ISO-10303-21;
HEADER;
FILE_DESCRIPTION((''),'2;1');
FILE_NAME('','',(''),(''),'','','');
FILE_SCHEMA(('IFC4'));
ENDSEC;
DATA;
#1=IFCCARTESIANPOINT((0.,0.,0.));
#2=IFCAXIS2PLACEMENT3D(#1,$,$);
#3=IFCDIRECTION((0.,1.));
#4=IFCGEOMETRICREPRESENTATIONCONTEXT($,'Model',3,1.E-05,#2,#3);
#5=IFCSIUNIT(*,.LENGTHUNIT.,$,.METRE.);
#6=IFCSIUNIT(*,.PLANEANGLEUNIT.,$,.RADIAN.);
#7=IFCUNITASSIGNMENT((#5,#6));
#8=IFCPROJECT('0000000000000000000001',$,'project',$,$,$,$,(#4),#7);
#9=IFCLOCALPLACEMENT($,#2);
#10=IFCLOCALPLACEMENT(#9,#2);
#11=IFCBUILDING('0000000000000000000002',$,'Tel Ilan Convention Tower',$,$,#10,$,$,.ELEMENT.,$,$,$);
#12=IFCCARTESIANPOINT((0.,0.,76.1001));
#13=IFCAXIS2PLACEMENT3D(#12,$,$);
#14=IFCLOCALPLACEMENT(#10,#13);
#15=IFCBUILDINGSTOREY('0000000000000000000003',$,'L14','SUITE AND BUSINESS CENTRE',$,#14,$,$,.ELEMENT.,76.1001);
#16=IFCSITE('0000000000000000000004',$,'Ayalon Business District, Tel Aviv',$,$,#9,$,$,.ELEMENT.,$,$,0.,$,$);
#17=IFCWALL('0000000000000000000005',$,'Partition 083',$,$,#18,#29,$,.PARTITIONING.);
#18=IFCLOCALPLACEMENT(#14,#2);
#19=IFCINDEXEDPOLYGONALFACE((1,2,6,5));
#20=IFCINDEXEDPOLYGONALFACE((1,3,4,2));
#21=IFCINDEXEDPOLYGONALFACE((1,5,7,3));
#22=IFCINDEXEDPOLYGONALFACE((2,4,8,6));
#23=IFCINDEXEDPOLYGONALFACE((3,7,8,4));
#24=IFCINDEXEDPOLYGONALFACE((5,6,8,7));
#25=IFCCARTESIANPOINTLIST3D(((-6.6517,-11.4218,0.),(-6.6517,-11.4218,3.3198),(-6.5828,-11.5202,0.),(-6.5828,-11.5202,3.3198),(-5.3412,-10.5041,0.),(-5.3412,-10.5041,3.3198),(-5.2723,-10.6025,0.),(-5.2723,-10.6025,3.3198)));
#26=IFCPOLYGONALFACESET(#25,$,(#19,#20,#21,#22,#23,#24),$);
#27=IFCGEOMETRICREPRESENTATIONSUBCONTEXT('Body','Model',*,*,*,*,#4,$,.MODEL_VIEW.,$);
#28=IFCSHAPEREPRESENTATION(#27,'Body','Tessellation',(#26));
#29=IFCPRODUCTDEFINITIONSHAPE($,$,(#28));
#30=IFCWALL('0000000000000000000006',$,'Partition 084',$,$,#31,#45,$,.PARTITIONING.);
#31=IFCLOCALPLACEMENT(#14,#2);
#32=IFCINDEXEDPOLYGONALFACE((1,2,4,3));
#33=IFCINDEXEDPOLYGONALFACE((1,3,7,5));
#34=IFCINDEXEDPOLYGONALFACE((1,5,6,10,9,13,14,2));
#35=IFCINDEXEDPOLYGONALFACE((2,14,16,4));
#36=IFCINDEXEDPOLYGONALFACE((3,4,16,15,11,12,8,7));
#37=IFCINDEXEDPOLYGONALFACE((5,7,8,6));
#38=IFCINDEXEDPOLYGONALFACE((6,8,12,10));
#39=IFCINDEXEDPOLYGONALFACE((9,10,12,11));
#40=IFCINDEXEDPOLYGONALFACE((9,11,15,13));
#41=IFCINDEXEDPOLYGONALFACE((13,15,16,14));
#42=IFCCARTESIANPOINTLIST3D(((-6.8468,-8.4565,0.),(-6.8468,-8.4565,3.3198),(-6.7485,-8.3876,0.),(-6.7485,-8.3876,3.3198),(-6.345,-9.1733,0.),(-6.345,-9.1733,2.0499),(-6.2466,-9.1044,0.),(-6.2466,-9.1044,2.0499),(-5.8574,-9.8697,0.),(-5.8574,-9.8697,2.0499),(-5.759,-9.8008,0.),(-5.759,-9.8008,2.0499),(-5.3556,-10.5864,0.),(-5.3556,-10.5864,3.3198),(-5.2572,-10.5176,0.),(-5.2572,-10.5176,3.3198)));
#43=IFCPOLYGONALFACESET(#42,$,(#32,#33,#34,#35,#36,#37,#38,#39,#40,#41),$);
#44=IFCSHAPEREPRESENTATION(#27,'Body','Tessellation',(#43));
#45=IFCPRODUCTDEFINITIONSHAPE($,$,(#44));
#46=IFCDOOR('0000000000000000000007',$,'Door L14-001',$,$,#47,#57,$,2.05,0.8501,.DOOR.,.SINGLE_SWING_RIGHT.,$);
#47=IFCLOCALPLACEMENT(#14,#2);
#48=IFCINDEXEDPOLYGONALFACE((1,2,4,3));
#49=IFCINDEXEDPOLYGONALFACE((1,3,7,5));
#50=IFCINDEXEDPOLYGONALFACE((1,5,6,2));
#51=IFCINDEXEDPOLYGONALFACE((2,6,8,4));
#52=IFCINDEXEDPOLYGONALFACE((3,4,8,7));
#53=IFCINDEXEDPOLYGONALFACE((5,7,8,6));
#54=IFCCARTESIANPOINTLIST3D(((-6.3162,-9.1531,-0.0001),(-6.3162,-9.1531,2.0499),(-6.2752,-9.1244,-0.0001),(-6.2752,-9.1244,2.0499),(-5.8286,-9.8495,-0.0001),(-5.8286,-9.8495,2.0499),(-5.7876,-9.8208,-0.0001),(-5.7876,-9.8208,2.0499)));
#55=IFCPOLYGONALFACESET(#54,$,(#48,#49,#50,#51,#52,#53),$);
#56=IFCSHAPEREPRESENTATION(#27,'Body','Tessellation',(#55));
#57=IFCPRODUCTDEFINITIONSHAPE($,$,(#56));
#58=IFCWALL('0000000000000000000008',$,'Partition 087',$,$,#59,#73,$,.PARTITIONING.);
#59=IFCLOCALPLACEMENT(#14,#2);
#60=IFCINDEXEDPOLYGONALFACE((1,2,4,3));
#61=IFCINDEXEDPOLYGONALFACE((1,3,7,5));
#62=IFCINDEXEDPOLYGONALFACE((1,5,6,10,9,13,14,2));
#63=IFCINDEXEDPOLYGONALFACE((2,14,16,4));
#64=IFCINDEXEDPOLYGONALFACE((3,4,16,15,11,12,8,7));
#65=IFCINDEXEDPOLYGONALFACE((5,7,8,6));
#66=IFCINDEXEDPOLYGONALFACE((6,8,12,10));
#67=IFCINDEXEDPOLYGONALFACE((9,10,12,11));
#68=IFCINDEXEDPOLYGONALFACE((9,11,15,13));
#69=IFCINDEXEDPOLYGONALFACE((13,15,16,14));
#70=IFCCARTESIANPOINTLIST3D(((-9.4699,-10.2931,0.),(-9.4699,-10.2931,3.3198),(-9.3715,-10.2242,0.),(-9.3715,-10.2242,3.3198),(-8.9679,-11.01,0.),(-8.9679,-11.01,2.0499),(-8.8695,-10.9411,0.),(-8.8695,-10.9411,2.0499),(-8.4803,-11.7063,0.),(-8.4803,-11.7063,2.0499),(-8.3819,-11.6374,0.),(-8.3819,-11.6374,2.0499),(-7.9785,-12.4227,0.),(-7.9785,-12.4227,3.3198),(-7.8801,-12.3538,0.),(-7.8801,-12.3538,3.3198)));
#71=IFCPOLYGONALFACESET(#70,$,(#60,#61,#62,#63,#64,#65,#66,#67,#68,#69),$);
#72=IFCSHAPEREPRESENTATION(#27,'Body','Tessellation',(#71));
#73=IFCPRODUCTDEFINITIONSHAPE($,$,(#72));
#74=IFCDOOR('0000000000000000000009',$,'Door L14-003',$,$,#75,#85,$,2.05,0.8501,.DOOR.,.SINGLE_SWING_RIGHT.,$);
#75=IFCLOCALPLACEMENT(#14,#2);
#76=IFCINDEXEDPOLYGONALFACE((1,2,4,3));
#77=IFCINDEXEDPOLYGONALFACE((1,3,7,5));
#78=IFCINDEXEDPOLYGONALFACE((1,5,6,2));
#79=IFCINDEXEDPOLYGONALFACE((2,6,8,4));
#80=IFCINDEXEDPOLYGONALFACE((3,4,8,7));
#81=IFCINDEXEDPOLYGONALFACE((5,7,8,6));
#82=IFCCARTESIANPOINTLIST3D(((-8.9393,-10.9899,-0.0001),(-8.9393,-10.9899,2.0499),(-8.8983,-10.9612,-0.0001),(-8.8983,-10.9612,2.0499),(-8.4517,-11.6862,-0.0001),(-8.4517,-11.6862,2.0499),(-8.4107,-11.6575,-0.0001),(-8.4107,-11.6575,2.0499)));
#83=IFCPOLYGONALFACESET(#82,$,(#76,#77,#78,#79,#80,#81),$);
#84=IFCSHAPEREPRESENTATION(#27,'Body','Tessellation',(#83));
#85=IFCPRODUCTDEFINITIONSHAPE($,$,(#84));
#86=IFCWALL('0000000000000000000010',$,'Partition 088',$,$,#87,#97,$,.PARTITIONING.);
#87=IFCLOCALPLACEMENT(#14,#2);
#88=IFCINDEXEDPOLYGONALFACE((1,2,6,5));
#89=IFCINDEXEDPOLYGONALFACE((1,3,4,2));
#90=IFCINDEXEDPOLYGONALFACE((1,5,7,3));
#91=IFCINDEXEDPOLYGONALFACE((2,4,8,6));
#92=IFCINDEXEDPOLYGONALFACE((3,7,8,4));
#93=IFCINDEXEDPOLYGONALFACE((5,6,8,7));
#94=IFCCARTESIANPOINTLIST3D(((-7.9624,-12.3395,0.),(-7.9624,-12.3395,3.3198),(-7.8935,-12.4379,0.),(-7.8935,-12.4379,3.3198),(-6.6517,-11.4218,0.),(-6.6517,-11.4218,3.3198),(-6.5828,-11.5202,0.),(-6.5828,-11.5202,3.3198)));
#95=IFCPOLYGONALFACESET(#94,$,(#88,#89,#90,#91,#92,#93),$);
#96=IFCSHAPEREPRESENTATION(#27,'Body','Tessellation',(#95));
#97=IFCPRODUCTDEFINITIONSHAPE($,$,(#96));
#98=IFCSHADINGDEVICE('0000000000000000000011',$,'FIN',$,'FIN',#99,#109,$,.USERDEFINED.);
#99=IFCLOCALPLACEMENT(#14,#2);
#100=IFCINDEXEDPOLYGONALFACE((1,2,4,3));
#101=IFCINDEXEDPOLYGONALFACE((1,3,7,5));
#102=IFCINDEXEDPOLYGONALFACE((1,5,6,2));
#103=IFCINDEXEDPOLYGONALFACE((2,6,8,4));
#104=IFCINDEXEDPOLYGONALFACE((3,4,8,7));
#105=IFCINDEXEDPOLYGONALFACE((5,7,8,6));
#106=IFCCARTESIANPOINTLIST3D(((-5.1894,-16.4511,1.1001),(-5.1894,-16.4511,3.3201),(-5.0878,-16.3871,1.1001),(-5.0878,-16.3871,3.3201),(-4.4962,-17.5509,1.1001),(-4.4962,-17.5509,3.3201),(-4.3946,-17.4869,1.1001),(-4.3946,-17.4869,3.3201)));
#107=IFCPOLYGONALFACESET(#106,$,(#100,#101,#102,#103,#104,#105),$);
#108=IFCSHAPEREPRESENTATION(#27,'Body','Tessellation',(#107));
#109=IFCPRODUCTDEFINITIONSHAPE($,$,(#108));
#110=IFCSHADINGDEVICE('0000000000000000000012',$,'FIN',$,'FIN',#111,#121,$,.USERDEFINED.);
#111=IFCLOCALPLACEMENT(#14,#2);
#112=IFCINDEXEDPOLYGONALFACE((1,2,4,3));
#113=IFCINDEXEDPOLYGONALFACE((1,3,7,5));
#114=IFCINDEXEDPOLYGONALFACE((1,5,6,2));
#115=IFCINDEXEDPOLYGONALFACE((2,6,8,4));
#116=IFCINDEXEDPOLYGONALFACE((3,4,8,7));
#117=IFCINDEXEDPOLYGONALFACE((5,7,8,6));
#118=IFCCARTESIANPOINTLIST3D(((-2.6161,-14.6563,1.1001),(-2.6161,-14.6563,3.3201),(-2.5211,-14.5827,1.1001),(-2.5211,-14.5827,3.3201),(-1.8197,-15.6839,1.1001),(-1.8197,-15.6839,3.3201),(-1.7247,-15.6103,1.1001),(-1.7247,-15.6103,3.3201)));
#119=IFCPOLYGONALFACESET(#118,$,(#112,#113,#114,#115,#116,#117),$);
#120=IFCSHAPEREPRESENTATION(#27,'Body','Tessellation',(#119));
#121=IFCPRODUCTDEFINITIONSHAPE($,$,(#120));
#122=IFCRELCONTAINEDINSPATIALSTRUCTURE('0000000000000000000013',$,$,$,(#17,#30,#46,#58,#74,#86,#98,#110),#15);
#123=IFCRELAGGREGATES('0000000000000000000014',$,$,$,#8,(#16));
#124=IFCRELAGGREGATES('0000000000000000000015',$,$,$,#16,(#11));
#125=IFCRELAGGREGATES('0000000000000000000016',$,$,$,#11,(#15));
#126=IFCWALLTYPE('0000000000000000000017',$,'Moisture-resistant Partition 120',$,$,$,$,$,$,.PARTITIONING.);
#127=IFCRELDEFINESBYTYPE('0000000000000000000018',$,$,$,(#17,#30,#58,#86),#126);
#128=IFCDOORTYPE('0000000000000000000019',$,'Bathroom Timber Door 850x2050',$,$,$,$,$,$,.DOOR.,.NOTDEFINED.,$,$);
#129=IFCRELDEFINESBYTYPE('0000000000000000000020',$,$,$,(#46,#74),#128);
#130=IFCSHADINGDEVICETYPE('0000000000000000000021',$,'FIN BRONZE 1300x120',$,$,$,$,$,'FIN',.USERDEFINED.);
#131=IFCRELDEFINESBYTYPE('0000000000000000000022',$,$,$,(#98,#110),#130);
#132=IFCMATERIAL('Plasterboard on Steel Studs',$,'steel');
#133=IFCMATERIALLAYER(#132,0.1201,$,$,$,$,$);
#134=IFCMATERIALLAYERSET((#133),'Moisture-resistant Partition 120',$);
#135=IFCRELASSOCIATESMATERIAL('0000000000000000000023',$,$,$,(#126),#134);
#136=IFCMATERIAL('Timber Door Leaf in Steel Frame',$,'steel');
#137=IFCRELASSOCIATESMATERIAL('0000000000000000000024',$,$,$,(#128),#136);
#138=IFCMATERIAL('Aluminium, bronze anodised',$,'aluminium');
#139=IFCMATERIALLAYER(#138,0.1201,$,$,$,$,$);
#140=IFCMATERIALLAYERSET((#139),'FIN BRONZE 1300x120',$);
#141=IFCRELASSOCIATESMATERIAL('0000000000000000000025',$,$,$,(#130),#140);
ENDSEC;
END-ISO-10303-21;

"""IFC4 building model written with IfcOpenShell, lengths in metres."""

from ifc_helpers import new_model, si_unit, direction, frame, frame_2d, origin, origin_2d, place, context, subcontext, project, spatial, rectangle, extrude, material, layer, layer_set, type_object, element, fill, save


model = new_model("IFC4")

# Units and contexts
model_context = context("Model", 3, precision=1e-05, world=origin(), true_north=direction((0.0, 1.0)))
body_context = subcontext(model_context, "Body", "Model", "MODEL_VIEW")
ifc_project = project(units=[si_unit("LENGTHUNIT", "METRE"), si_unit("PLANEANGLEUNIT", "RADIAN")], contexts=[model_context])

# Site, building, storey
site_placement = place(None, origin())
site = spatial("IfcSite", under=ifc_project, at=site_placement, Name="Ayalon Business District, Tel Aviv", CompositionType="ELEMENT", RefElevation=0.0)
building_placement = place(site_placement, origin())
building = spatial("IfcBuilding", under=site, at=building_placement, Name="Tel Ilan Convention Tower", CompositionType="ELEMENT")
storey_placement = place(building_placement, frame((0.0, 0.0, 76.1001)))
storey = spatial("IfcBuildingStorey", under=building, at=storey_placement, Name="L14", Description="SUITE AND BUSINESS CENTRE", CompositionType="ELEMENT", Elevation=76.1001)

# Wall
ifc_material_1 = material(Name="Plasterboard on Steel Studs", Category="steel")
ifc_layer_1 = layer(ifc_material_1, 0.1201)
ifc_layer_set_1 = layer_set([ifc_layer_1], Name="Moisture-resistant Partition 120")
wall_type_1 = type_object("IfcWallType", Name="Moisture-resistant Partition 120", PredefinedType="PARTITIONING", material=ifc_layer_set_1)
wall_1_placement = place(storey_placement, frame((-6.6172, -11.4709, 0.0), z_axis=(0.0, 0.0, 1.0), x_axis=(0.819132, 0.573606, 0.0)))
element("IfcWall", 1, at=wall_1_placement, inside=storey, type_object=wall_type_1, Name="Partition 083", PredefinedType="PARTITIONING", context=body_context, shape_type="SweptSolid", body=[
    extrude(rectangle(XDim=1.5999, YDim=0.1201, at=frame_2d((0.7998, 0.0))), origin(), (0.0, 0.0, 1.0), 3.3198),
])

# Walls, openings, doors
wall_2_placement = place(storey_placement, frame((-5.3064, -10.552, 0.0), z_axis=(0.0, 0.0, 1.0), x_axis=(-0.573538, 0.819179, 0.0)))
wall_2 = element("IfcWall", 2, at=wall_2_placement, inside=storey, type_object=wall_type_1, Name="Partition 084", PredefinedType="PARTITIONING", context=body_context, shape_type="SweptSolid", body=[
    extrude(rectangle(XDim=2.6001, YDim=0.1201, at=frame_2d((1.3, 0.0))), origin(), (0.0, 0.0, 1.0), 3.3198),
])
opening_1_placement = place(wall_2_placement, frame((0.875, 0.0, 0.0)))
opening_1 = element("IfcOpeningElement", 3, at=opening_1_placement, cuts=wall_2, PredefinedType="OPENING", context=body_context, shape_type="SweptSolid", body=[
    extrude(rectangle(XDim=0.8501, YDim=2.05, at=frame_2d((0.425, 1.0249))), frame((0.0, 0.0701, 0.0), z_axis=(0.0, -1.0, 0.0), x_axis=(1.0, 0.0, 0.0)), (0.0, 0.0, 1.0), 0.1401),
])
ifc_material_2 = material(Name="Timber Door Leaf in Steel Frame", Category="steel")
door_type_1 = type_object("IfcDoorType", Name="Bathroom Timber Door 850x2050", OperationType="NOTDEFINED", PredefinedType="DOOR", material=ifc_material_2)
door_1_placement = place(opening_1_placement, origin())
door_1 = element("IfcDoor", 4, at=door_1_placement, inside=storey, type_object=door_type_1, Name="Door L14-001", OperationType="SINGLE_SWING_RIGHT", OverallHeight=2.05, OverallWidth=0.8501, PredefinedType="DOOR", context=body_context, shape_type="SweptSolid", body=[
    extrude(rectangle(XDim=0.8501, YDim=2.05, at=frame_2d((0.425, 1.0249))), frame((0.0, 0.0249, 0.0), z_axis=(0.0, -1.0, 0.0), x_axis=(1.0, 0.0, 0.0)), (0.0, 0.0, 1.0), 0.05),
])
fill(opening_1, door_1)
wall_3_placement = place(storey_placement, frame((-9.4207, -10.2588, 0.0), z_axis=(0.0, 0.0, 1.0), x_axis=(0.573645, -0.819104, 0.0)))
wall_3 = element("IfcWall", 5, at=wall_3_placement, inside=storey, type_object=wall_type_1, Name="Partition 087", PredefinedType="PARTITIONING", context=body_context, shape_type="SweptSolid", body=[
    extrude(rectangle(XDim=2.5999, YDim=0.1201, at=frame_2d((1.2998, 0.0))), origin(), (0.0, 0.0, 1.0), 3.3198),
])
opening_2_placement = place(wall_3_placement, frame((0.875, 0.0, 0.0)))
opening_2 = element("IfcOpeningElement", 6, at=opening_2_placement, cuts=wall_3, PredefinedType="OPENING", context=body_context, shape_type="SweptSolid", body=[
    extrude(rectangle(XDim=0.8501, YDim=2.05, at=frame_2d((0.425, 1.0249))), frame((0.0, 0.0701, 0.0), z_axis=(0.0, -1.0, 0.0), x_axis=(1.0, 0.0, 0.0)), (0.0, 0.0, 1.0), 0.1401),
])
door_2_placement = place(opening_2_placement, origin())
door_2 = element("IfcDoor", 7, at=door_2_placement, inside=storey, type_object=door_type_1, Name="Door L14-003", OperationType="SINGLE_SWING_RIGHT", OverallHeight=2.05, OverallWidth=0.8501, PredefinedType="DOOR", context=body_context, shape_type="SweptSolid", body=[
    extrude(rectangle(XDim=0.8501, YDim=2.05, at=frame_2d((0.425, 1.0249))), frame((0.0, 0.0249, 0.0), z_axis=(0.0, -1.0, 0.0), x_axis=(1.0, 0.0, 0.0)), (0.0, 0.0, 1.0), 0.05),
])
fill(opening_2, door_2)

# Wall
wall_4_placement = place(storey_placement, frame((-7.928, -12.3887, 0.0), z_axis=(0.0, 0.0, 1.0), x_axis=(0.819182, 0.573534, 0.0)))
element("IfcWall", 8, at=wall_4_placement, inside=storey, type_object=wall_type_1, Name="Partition 088", PredefinedType="PARTITIONING", context=body_context, shape_type="SweptSolid", body=[
    extrude(rectangle(XDim=1.6001, YDim=0.1201, at=frame_2d((0.8, 0.0))), origin(), (0.0, 0.0, 1.0), 3.3198),
])

# Shading devices
ifc_material_3 = material(Name="Aluminium, bronze anodised", Category="aluminium")
ifc_layer_2 = layer(ifc_material_3, 0.1201)
ifc_layer_set_2 = layer_set([ifc_layer_2], Name="FIN BRONZE 1300x120")
shading_device_type = type_object("IfcShadingDeviceType", Name="FIN BRONZE 1300x120", ElementType="FIN", PredefinedType="USERDEFINED", material=ifc_layer_set_2)
for number, where, z_axis, x_axis, name in (
    (9, (-4.792, -16.969, 1.1001), (0.0, 0.0, 1.0), (0.533204, -0.845986, 0.0), "FIN"),
    (10, (-2.1704, -15.1333, 1.1001), (0.0, 0.0, 1.0), (0.612601, -0.790393, 0.0), "FIN"),
):
    element("IfcShadingDevice", number, at=place(storey_placement, frame(where, z_axis=z_axis, x_axis=x_axis)), inside=storey, type_object=shading_device_type, Name=name, ObjectType="FIN", PredefinedType="USERDEFINED", context=body_context, shape_type="SweptSolid", body=[
        extrude(rectangle(XDim=1.3, YDim=0.1201, at=origin_2d()), origin(), (0.0, 0.0, 1.0), 2.22),
    ])

save(model, "model.ifc")
